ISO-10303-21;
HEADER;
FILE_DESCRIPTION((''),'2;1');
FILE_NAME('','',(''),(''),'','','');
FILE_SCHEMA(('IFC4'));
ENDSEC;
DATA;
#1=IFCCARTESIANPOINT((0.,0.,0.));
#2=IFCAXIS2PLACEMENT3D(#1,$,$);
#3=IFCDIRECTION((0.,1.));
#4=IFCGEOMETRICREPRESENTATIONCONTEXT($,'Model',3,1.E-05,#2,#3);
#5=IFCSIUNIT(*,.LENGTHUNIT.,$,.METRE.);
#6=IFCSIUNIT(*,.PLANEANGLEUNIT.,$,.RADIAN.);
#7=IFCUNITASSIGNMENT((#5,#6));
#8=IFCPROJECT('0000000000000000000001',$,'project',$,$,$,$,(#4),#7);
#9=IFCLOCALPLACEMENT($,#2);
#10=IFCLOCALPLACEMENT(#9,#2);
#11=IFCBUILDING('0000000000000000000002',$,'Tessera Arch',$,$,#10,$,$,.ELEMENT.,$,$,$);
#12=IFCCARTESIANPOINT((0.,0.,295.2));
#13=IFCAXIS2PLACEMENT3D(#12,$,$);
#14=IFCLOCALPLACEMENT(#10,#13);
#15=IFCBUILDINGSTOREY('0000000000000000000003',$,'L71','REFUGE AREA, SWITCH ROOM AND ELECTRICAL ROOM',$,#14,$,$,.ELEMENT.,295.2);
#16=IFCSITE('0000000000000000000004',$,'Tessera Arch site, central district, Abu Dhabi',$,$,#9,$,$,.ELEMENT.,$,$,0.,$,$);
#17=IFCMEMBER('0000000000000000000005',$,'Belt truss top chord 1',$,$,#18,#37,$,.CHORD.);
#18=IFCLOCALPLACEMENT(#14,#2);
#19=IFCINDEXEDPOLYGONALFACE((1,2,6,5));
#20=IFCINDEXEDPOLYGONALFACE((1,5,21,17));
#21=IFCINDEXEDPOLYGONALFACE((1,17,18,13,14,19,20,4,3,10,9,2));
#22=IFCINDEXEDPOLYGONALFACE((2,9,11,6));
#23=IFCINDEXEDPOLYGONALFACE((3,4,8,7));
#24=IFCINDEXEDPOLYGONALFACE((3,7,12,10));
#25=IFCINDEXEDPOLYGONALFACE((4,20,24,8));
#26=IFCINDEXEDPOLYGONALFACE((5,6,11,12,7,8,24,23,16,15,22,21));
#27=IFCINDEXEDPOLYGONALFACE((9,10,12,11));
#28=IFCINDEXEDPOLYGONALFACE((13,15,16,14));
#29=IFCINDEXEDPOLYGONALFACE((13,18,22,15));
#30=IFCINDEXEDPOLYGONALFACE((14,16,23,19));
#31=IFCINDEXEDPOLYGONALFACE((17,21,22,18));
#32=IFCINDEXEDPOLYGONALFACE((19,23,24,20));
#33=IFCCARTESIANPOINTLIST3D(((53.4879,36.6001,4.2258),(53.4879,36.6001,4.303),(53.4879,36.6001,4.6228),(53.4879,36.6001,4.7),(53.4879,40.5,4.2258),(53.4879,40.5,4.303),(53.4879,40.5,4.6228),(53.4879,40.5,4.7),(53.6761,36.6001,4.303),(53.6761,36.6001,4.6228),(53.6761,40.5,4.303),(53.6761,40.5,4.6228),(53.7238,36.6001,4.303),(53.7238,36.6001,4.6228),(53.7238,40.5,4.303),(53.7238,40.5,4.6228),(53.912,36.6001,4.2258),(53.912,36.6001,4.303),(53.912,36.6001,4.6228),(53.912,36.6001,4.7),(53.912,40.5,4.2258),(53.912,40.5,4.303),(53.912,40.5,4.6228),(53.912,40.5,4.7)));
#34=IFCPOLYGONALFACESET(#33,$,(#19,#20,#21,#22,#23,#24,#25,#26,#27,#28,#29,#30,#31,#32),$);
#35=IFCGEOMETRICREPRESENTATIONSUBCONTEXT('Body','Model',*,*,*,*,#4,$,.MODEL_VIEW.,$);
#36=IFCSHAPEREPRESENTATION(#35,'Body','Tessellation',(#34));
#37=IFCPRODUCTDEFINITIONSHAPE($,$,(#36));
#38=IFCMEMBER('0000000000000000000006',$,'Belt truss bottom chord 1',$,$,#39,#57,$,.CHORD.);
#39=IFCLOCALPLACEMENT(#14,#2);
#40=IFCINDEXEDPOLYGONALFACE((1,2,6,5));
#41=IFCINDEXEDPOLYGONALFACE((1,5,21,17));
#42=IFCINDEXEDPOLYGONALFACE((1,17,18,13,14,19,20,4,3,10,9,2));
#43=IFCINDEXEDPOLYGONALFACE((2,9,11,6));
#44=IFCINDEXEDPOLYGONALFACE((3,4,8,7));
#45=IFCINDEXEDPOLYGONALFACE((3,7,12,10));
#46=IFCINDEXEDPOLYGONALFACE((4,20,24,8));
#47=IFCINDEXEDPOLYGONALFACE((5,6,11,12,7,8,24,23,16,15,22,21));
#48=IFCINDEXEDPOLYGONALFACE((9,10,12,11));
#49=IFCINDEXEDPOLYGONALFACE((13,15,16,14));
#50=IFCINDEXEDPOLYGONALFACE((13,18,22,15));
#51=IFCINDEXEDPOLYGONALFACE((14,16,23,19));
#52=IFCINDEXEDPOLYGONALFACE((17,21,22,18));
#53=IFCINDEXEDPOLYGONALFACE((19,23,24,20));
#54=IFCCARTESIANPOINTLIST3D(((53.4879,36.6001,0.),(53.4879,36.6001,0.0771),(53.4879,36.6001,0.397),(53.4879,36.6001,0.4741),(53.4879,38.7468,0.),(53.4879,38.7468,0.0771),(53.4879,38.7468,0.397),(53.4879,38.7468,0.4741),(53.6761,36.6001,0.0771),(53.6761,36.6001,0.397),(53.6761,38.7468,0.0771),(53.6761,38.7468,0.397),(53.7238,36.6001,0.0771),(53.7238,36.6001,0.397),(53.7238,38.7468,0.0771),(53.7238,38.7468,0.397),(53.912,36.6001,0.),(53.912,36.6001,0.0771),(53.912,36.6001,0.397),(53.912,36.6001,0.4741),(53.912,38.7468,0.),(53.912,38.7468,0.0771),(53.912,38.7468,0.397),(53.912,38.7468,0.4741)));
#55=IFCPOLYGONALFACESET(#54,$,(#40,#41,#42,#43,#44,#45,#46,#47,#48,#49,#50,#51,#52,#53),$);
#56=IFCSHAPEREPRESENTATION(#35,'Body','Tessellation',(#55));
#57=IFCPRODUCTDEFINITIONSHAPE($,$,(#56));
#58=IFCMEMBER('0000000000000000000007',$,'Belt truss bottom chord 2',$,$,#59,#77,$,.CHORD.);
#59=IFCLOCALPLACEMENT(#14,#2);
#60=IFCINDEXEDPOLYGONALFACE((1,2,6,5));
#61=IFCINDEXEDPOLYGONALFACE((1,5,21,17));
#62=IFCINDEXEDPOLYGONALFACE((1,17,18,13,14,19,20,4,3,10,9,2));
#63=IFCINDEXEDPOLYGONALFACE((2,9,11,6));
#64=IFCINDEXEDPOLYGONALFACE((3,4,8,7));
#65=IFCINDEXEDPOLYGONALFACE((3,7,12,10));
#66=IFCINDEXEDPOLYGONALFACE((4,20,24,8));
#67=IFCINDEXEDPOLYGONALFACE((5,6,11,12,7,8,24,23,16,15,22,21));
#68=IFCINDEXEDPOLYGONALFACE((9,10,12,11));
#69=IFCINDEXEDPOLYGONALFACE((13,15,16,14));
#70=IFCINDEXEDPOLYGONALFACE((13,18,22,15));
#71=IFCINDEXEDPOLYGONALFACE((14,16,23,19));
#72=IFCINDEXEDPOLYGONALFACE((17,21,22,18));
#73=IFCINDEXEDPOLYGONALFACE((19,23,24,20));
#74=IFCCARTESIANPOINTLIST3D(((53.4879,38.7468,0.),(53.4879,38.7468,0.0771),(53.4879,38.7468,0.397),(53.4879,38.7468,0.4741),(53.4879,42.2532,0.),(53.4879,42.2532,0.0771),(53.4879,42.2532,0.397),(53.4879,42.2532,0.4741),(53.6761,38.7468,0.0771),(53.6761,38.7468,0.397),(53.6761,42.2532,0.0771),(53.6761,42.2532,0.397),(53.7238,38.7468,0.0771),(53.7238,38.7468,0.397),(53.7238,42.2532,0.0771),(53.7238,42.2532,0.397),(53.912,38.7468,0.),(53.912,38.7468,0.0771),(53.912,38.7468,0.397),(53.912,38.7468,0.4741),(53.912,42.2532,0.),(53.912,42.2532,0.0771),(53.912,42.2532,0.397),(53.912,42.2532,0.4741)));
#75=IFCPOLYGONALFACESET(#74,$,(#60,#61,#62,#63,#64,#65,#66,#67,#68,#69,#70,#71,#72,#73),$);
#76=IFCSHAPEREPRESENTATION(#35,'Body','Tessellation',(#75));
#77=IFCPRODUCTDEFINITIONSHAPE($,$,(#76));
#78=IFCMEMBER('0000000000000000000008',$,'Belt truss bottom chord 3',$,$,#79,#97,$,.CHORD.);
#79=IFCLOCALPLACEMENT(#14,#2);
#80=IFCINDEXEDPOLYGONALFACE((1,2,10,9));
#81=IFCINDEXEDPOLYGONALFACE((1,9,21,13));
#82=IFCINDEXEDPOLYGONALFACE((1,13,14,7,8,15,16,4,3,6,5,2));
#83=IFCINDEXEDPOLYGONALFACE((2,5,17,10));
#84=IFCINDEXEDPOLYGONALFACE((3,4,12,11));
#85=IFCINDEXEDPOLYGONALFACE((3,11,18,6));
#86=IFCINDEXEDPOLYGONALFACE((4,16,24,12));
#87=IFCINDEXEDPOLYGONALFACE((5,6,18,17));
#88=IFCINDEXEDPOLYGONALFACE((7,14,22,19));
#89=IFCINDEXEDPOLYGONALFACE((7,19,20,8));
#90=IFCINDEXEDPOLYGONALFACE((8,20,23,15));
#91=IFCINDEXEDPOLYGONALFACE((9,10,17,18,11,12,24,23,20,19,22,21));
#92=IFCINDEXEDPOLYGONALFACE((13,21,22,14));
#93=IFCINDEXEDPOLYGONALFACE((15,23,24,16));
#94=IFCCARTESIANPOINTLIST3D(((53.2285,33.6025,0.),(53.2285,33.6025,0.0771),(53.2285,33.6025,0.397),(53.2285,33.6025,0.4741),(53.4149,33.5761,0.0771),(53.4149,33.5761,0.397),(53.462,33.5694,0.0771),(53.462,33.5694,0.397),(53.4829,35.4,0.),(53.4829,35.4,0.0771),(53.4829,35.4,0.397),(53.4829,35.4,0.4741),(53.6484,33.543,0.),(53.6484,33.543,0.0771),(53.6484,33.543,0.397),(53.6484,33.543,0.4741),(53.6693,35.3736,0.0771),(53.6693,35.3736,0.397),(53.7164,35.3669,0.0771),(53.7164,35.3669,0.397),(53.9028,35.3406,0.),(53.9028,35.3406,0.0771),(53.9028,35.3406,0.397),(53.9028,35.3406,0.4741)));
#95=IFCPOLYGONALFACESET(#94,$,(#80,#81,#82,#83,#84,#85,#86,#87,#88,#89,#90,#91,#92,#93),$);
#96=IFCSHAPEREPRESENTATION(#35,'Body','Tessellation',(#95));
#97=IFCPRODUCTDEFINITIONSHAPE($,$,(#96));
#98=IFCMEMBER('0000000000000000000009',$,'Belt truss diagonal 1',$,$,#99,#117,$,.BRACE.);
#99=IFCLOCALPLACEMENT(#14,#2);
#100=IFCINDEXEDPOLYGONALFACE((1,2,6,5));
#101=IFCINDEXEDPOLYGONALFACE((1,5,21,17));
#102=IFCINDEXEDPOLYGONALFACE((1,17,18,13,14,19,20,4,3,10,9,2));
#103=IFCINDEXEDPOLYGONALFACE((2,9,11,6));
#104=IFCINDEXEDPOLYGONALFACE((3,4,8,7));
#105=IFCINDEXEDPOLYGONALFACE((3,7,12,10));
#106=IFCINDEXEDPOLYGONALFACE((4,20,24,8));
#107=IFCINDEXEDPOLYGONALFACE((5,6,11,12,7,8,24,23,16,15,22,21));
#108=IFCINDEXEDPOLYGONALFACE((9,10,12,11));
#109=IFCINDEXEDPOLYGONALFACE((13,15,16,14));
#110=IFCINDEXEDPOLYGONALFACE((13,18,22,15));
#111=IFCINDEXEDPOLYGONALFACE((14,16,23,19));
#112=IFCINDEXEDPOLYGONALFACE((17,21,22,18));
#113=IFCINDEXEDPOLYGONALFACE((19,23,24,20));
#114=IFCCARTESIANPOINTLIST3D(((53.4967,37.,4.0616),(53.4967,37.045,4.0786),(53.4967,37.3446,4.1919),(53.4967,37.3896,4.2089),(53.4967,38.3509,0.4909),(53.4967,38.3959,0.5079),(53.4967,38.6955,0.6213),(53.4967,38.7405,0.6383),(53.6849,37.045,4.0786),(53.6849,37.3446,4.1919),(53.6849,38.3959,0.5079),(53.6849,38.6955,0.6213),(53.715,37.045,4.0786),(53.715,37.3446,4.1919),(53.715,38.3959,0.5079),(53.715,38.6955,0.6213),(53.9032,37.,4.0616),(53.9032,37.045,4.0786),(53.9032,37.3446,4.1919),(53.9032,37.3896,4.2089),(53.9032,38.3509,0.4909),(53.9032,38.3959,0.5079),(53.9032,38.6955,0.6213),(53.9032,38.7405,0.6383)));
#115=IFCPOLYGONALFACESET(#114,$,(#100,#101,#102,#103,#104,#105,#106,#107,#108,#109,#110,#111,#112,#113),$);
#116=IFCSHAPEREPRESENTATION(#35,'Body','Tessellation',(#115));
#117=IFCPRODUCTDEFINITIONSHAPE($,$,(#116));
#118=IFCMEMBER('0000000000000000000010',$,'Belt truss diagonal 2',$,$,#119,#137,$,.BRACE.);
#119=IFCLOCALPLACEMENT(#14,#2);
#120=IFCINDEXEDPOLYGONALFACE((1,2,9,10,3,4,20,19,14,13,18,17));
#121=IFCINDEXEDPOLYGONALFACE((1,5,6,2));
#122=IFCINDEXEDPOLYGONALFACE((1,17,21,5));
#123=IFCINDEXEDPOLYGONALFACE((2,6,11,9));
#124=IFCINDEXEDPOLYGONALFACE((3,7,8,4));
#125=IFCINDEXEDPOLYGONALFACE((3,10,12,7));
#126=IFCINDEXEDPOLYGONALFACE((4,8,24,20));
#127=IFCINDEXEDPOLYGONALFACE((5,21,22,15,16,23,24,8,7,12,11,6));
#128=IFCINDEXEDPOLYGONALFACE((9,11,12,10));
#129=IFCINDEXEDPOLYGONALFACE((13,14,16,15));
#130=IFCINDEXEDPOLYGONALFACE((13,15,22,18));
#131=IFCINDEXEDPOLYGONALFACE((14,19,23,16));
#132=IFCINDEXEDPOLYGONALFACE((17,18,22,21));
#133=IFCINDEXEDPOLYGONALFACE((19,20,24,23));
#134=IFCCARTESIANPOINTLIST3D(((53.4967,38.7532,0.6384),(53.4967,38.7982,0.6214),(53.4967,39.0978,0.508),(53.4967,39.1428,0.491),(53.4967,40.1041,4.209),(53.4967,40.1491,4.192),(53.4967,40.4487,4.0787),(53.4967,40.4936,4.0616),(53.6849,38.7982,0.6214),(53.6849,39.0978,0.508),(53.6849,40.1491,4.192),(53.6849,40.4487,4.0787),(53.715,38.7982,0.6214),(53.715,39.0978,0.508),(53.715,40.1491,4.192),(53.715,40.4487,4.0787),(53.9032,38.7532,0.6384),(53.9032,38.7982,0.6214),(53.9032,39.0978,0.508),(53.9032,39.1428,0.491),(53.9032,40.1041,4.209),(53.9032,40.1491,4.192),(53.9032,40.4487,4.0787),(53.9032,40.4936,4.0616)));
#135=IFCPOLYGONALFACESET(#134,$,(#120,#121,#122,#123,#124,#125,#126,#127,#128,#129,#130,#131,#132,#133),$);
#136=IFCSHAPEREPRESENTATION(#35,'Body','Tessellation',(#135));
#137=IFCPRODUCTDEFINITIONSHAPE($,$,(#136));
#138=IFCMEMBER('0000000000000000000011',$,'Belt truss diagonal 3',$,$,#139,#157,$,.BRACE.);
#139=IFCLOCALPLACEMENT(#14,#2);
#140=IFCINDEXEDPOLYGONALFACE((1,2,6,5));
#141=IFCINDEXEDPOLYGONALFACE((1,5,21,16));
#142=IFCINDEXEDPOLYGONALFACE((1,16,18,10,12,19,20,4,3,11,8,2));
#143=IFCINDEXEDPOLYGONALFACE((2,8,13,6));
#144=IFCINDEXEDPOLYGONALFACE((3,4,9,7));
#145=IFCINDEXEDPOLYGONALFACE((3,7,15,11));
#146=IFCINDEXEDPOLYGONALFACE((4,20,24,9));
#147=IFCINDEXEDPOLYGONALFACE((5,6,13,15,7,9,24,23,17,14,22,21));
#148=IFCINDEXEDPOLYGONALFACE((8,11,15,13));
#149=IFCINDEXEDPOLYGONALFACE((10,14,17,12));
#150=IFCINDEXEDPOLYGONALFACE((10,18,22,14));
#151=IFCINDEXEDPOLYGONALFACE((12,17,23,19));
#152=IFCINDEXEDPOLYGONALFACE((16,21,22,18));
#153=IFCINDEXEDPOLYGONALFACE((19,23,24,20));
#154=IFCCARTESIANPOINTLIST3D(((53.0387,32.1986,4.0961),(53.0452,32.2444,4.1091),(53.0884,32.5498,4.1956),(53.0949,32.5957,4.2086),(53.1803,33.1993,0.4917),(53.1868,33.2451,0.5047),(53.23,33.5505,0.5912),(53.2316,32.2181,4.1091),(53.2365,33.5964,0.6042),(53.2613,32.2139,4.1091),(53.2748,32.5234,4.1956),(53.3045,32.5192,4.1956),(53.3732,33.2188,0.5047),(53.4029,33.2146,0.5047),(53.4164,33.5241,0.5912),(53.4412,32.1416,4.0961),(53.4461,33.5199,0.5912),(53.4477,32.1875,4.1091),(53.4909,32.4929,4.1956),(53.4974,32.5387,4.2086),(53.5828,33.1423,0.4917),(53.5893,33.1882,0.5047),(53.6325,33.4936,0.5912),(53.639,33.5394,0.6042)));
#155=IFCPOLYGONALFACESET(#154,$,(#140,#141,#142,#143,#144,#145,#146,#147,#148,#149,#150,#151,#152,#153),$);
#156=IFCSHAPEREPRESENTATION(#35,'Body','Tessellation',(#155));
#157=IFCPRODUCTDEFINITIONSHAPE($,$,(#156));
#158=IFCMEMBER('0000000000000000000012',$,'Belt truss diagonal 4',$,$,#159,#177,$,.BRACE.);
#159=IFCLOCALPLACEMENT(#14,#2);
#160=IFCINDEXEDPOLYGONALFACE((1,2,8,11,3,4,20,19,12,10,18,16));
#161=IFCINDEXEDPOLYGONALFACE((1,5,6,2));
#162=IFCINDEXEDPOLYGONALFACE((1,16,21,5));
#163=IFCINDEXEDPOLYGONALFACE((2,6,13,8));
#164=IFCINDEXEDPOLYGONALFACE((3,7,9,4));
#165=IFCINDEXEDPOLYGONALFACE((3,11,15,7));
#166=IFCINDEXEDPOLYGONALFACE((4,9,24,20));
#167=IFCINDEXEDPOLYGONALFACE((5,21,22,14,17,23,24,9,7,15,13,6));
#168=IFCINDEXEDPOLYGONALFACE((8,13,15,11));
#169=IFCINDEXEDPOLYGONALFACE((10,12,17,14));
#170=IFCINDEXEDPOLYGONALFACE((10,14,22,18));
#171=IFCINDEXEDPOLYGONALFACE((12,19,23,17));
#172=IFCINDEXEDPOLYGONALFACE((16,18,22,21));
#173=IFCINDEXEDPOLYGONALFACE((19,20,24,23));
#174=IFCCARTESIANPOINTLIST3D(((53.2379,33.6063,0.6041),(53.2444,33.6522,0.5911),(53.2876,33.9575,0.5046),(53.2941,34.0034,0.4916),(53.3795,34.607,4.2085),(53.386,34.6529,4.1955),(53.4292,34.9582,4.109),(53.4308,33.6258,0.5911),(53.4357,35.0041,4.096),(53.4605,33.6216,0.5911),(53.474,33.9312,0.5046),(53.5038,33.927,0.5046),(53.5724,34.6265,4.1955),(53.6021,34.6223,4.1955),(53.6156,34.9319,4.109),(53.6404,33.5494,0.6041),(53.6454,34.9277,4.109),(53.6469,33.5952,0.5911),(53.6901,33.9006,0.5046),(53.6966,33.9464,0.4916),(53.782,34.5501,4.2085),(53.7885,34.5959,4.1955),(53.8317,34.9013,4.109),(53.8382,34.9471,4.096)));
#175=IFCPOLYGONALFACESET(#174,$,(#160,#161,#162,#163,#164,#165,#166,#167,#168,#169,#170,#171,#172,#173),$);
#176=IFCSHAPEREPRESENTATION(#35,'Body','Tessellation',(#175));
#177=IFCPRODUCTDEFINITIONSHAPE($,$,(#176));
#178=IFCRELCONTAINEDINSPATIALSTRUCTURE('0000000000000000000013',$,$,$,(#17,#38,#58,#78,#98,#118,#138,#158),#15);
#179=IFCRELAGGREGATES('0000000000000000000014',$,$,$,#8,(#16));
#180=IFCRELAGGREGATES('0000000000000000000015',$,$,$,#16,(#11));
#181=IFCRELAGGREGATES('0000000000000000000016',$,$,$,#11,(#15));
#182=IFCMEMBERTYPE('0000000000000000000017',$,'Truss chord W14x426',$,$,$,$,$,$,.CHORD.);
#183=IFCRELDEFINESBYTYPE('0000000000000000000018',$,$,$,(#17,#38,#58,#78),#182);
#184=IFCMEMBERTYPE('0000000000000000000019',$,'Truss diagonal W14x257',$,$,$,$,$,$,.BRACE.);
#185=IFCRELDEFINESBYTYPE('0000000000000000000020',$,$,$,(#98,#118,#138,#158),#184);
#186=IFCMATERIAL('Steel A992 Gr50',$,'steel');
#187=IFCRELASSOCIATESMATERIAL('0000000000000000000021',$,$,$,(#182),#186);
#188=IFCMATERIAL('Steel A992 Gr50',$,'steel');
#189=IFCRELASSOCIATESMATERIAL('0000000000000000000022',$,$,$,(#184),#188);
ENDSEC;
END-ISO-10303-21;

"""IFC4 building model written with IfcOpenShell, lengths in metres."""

from ifc_helpers import new_model, si_unit, direction, frame, origin, origin_2d, place, context, subcontext, project, spatial, i_section, extrude, material, material_profile, profile_set, type_object, element, save


model = new_model("IFC4")

# Units and contexts
model_context = context("Model", 3, precision=1e-05, world=origin(), true_north=direction((0.0, 1.0)))
body_context = subcontext(model_context, "Body", "Model", "MODEL_VIEW")
ifc_project = project(units=[si_unit("LENGTHUNIT", "METRE"), si_unit("PLANEANGLEUNIT", "RADIAN")], contexts=[model_context])

# Site, building, storey
site_placement = place(None, origin())
site = spatial("IfcSite", under=ifc_project, at=site_placement, Name="Tessera Arch site, central district, Abu Dhabi", CompositionType="ELEMENT", RefElevation=0.0)
building_placement = place(site_placement, origin())
building = spatial("IfcBuilding", under=site, at=building_placement, Name="Tessera Arch", CompositionType="ELEMENT")
storey_placement = place(building_placement, frame((0.0, 0.0, 295.2)))
storey = spatial("IfcBuildingStorey", under=building, at=storey_placement, Name="L71", Description="REFUGE AREA, SWITCH ROOM AND ELECTRICAL ROOM", CompositionType="ELEMENT", Elevation=295.2)

# Members
ifc_material_1 = material(Name="Steel A992 Gr50", Category="steel")
ifc_material_profile_1 = material_profile(ifc_material_1, i_section(OverallWidth=0.4241, OverallDepth=0.4741, WebThickness=0.0476, FlangeThickness=0.0771, at=origin_2d()), Name="W14x426")
ifc_profile_set_1 = profile_set([ifc_material_profile_1], Name="Steel A992 Gr50")
member_type_1 = type_object("IfcMemberType", Name="Truss chord W14x426", PredefinedType="CHORD", material=ifc_profile_set_1)
member_1_placement = place(storey_placement, frame((53.7, 36.6001, 4.4629), z_axis=(0.0, 1.0, 0.0), x_axis=(-1.0, 0.0, 0.0)))
element("IfcMember", 1, at=member_1_placement, inside=storey, type_object=member_type_1, Name="Belt truss top chord 1", PredefinedType="CHORD", context=body_context, shape_type="SweptSolid", body=[
    extrude(i_section(OverallWidth=0.4241, OverallDepth=0.4741, WebThickness=0.0476, FlangeThickness=0.0771, at=origin_2d()), origin(), (0.0, 0.0, 1.0), 3.8999),
])
member_2_placement = place(storey_placement, frame((53.7, 36.6001, 0.2371), z_axis=(0.0, 1.0, 0.0), x_axis=(-1.0, 0.0, 0.0)))
element("IfcMember", 2, at=member_2_placement, inside=storey, type_object=member_type_1, Name="Belt truss bottom chord 1", PredefinedType="CHORD", context=body_context, shape_type="SweptSolid", body=[
    extrude(i_section(OverallWidth=0.4241, OverallDepth=0.4741, WebThickness=0.0476, FlangeThickness=0.0771, at=origin_2d()), origin(), (0.0, 0.0, 1.0), 2.1467),
])
member_3_placement = place(storey_placement, frame((53.7, 38.7468, 0.2371), z_axis=(0.0, 1.0, 0.0), x_axis=(-1.0, 0.0, 0.0)))
element("IfcMember", 3, at=member_3_placement, inside=storey, type_object=member_type_1, Name="Belt truss bottom chord 2", PredefinedType="CHORD", context=body_context, shape_type="SweptSolid", body=[
    extrude(i_section(OverallWidth=0.4241, OverallDepth=0.4741, WebThickness=0.0476, FlangeThickness=0.0771, at=origin_2d()), origin(), (0.0, 0.0, 1.0), 3.5063),
])
member_4_placement = place(storey_placement, frame((53.4385, 33.5728, 0.2371), z_axis=(0.140122, 0.990134, 0.0), x_axis=(-0.990134, 0.140122, 0.0)))
element("IfcMember", 4, at=member_4_placement, inside=storey, type_object=member_type_1, Name="Belt truss bottom chord 3", PredefinedType="CHORD", context=body_context, shape_type="SweptSolid", body=[
    extrude(i_section(OverallWidth=0.4241, OverallDepth=0.4741, WebThickness=0.0476, FlangeThickness=0.0771, at=origin_2d()), origin(), (0.0, 0.0, 1.0), 1.8154),
])
ifc_material_2 = material(Name="Steel A992 Gr50", Category="steel")
ifc_material_profile_2 = material_profile(ifc_material_2, i_section(OverallWidth=0.4065, OverallDepth=0.4165, WebThickness=0.03, FlangeThickness=0.0481, at=origin_2d()), Name="W14x257")
ifc_profile_set_2 = profile_set([ifc_material_profile_2], Name="Steel A992 Gr50")
member_type_2 = type_object("IfcMemberType", Name="Truss diagonal W14x257", PredefinedType="BRACE", material=ifc_profile_set_2)
for number, where, z_axis, x_axis, name in (
    (5, (53.7, 37.1948, 4.1353), (0.0, 0.353848, -0.935303), (-1.0, 0.0, 0.0), "Belt truss diagonal 1"),
    (6, (53.7, 38.948, 0.5647), (0.0, 0.353848, 0.935303), (-1.0, 0.0, 0.0), "Belt truss diagonal 2"),
):
    element("IfcMember", number, at=place(storey_placement, frame(where, z_axis=z_axis, x_axis=x_axis)), inside=storey, type_object=member_type_2, Name=name, PredefinedType="BRACE", context=body_context, shape_type="SweptSolid", body=[
        extrude(i_section(OverallWidth=0.4065, OverallDepth=0.4165, WebThickness=0.03, FlangeThickness=0.0481, at=origin_2d()), origin(), (0.0, 0.0, 1.0), 3.8176),
    ])
for number, where, z_axis, x_axis, name in (
    (7, (53.2681, 32.3687, 4.1523), (0.037826, 0.267325, -0.962864), (-0.990137, 0.140102, 0.0), "Belt truss diagonal 3"),
    (8, (53.4673, 33.7764, 0.5479), (0.037826, 0.267325, 0.962864), (-0.990137, 0.140102, 0.0), "Belt truss diagonal 4"),
):
    element("IfcMember", number, at=place(storey_placement, frame(where, z_axis=z_axis, x_axis=x_axis)), inside=storey, type_object=member_type_2, Name=name, PredefinedType="BRACE", context=body_context, shape_type="SweptSolid", body=[
        extrude(i_section(OverallWidth=0.4065, OverallDepth=0.4165, WebThickness=0.03, FlangeThickness=0.0481, at=origin_2d()), origin(), (0.0, 0.0, 1.0), 3.7434),
    ])

save(model, "model.ifc")
